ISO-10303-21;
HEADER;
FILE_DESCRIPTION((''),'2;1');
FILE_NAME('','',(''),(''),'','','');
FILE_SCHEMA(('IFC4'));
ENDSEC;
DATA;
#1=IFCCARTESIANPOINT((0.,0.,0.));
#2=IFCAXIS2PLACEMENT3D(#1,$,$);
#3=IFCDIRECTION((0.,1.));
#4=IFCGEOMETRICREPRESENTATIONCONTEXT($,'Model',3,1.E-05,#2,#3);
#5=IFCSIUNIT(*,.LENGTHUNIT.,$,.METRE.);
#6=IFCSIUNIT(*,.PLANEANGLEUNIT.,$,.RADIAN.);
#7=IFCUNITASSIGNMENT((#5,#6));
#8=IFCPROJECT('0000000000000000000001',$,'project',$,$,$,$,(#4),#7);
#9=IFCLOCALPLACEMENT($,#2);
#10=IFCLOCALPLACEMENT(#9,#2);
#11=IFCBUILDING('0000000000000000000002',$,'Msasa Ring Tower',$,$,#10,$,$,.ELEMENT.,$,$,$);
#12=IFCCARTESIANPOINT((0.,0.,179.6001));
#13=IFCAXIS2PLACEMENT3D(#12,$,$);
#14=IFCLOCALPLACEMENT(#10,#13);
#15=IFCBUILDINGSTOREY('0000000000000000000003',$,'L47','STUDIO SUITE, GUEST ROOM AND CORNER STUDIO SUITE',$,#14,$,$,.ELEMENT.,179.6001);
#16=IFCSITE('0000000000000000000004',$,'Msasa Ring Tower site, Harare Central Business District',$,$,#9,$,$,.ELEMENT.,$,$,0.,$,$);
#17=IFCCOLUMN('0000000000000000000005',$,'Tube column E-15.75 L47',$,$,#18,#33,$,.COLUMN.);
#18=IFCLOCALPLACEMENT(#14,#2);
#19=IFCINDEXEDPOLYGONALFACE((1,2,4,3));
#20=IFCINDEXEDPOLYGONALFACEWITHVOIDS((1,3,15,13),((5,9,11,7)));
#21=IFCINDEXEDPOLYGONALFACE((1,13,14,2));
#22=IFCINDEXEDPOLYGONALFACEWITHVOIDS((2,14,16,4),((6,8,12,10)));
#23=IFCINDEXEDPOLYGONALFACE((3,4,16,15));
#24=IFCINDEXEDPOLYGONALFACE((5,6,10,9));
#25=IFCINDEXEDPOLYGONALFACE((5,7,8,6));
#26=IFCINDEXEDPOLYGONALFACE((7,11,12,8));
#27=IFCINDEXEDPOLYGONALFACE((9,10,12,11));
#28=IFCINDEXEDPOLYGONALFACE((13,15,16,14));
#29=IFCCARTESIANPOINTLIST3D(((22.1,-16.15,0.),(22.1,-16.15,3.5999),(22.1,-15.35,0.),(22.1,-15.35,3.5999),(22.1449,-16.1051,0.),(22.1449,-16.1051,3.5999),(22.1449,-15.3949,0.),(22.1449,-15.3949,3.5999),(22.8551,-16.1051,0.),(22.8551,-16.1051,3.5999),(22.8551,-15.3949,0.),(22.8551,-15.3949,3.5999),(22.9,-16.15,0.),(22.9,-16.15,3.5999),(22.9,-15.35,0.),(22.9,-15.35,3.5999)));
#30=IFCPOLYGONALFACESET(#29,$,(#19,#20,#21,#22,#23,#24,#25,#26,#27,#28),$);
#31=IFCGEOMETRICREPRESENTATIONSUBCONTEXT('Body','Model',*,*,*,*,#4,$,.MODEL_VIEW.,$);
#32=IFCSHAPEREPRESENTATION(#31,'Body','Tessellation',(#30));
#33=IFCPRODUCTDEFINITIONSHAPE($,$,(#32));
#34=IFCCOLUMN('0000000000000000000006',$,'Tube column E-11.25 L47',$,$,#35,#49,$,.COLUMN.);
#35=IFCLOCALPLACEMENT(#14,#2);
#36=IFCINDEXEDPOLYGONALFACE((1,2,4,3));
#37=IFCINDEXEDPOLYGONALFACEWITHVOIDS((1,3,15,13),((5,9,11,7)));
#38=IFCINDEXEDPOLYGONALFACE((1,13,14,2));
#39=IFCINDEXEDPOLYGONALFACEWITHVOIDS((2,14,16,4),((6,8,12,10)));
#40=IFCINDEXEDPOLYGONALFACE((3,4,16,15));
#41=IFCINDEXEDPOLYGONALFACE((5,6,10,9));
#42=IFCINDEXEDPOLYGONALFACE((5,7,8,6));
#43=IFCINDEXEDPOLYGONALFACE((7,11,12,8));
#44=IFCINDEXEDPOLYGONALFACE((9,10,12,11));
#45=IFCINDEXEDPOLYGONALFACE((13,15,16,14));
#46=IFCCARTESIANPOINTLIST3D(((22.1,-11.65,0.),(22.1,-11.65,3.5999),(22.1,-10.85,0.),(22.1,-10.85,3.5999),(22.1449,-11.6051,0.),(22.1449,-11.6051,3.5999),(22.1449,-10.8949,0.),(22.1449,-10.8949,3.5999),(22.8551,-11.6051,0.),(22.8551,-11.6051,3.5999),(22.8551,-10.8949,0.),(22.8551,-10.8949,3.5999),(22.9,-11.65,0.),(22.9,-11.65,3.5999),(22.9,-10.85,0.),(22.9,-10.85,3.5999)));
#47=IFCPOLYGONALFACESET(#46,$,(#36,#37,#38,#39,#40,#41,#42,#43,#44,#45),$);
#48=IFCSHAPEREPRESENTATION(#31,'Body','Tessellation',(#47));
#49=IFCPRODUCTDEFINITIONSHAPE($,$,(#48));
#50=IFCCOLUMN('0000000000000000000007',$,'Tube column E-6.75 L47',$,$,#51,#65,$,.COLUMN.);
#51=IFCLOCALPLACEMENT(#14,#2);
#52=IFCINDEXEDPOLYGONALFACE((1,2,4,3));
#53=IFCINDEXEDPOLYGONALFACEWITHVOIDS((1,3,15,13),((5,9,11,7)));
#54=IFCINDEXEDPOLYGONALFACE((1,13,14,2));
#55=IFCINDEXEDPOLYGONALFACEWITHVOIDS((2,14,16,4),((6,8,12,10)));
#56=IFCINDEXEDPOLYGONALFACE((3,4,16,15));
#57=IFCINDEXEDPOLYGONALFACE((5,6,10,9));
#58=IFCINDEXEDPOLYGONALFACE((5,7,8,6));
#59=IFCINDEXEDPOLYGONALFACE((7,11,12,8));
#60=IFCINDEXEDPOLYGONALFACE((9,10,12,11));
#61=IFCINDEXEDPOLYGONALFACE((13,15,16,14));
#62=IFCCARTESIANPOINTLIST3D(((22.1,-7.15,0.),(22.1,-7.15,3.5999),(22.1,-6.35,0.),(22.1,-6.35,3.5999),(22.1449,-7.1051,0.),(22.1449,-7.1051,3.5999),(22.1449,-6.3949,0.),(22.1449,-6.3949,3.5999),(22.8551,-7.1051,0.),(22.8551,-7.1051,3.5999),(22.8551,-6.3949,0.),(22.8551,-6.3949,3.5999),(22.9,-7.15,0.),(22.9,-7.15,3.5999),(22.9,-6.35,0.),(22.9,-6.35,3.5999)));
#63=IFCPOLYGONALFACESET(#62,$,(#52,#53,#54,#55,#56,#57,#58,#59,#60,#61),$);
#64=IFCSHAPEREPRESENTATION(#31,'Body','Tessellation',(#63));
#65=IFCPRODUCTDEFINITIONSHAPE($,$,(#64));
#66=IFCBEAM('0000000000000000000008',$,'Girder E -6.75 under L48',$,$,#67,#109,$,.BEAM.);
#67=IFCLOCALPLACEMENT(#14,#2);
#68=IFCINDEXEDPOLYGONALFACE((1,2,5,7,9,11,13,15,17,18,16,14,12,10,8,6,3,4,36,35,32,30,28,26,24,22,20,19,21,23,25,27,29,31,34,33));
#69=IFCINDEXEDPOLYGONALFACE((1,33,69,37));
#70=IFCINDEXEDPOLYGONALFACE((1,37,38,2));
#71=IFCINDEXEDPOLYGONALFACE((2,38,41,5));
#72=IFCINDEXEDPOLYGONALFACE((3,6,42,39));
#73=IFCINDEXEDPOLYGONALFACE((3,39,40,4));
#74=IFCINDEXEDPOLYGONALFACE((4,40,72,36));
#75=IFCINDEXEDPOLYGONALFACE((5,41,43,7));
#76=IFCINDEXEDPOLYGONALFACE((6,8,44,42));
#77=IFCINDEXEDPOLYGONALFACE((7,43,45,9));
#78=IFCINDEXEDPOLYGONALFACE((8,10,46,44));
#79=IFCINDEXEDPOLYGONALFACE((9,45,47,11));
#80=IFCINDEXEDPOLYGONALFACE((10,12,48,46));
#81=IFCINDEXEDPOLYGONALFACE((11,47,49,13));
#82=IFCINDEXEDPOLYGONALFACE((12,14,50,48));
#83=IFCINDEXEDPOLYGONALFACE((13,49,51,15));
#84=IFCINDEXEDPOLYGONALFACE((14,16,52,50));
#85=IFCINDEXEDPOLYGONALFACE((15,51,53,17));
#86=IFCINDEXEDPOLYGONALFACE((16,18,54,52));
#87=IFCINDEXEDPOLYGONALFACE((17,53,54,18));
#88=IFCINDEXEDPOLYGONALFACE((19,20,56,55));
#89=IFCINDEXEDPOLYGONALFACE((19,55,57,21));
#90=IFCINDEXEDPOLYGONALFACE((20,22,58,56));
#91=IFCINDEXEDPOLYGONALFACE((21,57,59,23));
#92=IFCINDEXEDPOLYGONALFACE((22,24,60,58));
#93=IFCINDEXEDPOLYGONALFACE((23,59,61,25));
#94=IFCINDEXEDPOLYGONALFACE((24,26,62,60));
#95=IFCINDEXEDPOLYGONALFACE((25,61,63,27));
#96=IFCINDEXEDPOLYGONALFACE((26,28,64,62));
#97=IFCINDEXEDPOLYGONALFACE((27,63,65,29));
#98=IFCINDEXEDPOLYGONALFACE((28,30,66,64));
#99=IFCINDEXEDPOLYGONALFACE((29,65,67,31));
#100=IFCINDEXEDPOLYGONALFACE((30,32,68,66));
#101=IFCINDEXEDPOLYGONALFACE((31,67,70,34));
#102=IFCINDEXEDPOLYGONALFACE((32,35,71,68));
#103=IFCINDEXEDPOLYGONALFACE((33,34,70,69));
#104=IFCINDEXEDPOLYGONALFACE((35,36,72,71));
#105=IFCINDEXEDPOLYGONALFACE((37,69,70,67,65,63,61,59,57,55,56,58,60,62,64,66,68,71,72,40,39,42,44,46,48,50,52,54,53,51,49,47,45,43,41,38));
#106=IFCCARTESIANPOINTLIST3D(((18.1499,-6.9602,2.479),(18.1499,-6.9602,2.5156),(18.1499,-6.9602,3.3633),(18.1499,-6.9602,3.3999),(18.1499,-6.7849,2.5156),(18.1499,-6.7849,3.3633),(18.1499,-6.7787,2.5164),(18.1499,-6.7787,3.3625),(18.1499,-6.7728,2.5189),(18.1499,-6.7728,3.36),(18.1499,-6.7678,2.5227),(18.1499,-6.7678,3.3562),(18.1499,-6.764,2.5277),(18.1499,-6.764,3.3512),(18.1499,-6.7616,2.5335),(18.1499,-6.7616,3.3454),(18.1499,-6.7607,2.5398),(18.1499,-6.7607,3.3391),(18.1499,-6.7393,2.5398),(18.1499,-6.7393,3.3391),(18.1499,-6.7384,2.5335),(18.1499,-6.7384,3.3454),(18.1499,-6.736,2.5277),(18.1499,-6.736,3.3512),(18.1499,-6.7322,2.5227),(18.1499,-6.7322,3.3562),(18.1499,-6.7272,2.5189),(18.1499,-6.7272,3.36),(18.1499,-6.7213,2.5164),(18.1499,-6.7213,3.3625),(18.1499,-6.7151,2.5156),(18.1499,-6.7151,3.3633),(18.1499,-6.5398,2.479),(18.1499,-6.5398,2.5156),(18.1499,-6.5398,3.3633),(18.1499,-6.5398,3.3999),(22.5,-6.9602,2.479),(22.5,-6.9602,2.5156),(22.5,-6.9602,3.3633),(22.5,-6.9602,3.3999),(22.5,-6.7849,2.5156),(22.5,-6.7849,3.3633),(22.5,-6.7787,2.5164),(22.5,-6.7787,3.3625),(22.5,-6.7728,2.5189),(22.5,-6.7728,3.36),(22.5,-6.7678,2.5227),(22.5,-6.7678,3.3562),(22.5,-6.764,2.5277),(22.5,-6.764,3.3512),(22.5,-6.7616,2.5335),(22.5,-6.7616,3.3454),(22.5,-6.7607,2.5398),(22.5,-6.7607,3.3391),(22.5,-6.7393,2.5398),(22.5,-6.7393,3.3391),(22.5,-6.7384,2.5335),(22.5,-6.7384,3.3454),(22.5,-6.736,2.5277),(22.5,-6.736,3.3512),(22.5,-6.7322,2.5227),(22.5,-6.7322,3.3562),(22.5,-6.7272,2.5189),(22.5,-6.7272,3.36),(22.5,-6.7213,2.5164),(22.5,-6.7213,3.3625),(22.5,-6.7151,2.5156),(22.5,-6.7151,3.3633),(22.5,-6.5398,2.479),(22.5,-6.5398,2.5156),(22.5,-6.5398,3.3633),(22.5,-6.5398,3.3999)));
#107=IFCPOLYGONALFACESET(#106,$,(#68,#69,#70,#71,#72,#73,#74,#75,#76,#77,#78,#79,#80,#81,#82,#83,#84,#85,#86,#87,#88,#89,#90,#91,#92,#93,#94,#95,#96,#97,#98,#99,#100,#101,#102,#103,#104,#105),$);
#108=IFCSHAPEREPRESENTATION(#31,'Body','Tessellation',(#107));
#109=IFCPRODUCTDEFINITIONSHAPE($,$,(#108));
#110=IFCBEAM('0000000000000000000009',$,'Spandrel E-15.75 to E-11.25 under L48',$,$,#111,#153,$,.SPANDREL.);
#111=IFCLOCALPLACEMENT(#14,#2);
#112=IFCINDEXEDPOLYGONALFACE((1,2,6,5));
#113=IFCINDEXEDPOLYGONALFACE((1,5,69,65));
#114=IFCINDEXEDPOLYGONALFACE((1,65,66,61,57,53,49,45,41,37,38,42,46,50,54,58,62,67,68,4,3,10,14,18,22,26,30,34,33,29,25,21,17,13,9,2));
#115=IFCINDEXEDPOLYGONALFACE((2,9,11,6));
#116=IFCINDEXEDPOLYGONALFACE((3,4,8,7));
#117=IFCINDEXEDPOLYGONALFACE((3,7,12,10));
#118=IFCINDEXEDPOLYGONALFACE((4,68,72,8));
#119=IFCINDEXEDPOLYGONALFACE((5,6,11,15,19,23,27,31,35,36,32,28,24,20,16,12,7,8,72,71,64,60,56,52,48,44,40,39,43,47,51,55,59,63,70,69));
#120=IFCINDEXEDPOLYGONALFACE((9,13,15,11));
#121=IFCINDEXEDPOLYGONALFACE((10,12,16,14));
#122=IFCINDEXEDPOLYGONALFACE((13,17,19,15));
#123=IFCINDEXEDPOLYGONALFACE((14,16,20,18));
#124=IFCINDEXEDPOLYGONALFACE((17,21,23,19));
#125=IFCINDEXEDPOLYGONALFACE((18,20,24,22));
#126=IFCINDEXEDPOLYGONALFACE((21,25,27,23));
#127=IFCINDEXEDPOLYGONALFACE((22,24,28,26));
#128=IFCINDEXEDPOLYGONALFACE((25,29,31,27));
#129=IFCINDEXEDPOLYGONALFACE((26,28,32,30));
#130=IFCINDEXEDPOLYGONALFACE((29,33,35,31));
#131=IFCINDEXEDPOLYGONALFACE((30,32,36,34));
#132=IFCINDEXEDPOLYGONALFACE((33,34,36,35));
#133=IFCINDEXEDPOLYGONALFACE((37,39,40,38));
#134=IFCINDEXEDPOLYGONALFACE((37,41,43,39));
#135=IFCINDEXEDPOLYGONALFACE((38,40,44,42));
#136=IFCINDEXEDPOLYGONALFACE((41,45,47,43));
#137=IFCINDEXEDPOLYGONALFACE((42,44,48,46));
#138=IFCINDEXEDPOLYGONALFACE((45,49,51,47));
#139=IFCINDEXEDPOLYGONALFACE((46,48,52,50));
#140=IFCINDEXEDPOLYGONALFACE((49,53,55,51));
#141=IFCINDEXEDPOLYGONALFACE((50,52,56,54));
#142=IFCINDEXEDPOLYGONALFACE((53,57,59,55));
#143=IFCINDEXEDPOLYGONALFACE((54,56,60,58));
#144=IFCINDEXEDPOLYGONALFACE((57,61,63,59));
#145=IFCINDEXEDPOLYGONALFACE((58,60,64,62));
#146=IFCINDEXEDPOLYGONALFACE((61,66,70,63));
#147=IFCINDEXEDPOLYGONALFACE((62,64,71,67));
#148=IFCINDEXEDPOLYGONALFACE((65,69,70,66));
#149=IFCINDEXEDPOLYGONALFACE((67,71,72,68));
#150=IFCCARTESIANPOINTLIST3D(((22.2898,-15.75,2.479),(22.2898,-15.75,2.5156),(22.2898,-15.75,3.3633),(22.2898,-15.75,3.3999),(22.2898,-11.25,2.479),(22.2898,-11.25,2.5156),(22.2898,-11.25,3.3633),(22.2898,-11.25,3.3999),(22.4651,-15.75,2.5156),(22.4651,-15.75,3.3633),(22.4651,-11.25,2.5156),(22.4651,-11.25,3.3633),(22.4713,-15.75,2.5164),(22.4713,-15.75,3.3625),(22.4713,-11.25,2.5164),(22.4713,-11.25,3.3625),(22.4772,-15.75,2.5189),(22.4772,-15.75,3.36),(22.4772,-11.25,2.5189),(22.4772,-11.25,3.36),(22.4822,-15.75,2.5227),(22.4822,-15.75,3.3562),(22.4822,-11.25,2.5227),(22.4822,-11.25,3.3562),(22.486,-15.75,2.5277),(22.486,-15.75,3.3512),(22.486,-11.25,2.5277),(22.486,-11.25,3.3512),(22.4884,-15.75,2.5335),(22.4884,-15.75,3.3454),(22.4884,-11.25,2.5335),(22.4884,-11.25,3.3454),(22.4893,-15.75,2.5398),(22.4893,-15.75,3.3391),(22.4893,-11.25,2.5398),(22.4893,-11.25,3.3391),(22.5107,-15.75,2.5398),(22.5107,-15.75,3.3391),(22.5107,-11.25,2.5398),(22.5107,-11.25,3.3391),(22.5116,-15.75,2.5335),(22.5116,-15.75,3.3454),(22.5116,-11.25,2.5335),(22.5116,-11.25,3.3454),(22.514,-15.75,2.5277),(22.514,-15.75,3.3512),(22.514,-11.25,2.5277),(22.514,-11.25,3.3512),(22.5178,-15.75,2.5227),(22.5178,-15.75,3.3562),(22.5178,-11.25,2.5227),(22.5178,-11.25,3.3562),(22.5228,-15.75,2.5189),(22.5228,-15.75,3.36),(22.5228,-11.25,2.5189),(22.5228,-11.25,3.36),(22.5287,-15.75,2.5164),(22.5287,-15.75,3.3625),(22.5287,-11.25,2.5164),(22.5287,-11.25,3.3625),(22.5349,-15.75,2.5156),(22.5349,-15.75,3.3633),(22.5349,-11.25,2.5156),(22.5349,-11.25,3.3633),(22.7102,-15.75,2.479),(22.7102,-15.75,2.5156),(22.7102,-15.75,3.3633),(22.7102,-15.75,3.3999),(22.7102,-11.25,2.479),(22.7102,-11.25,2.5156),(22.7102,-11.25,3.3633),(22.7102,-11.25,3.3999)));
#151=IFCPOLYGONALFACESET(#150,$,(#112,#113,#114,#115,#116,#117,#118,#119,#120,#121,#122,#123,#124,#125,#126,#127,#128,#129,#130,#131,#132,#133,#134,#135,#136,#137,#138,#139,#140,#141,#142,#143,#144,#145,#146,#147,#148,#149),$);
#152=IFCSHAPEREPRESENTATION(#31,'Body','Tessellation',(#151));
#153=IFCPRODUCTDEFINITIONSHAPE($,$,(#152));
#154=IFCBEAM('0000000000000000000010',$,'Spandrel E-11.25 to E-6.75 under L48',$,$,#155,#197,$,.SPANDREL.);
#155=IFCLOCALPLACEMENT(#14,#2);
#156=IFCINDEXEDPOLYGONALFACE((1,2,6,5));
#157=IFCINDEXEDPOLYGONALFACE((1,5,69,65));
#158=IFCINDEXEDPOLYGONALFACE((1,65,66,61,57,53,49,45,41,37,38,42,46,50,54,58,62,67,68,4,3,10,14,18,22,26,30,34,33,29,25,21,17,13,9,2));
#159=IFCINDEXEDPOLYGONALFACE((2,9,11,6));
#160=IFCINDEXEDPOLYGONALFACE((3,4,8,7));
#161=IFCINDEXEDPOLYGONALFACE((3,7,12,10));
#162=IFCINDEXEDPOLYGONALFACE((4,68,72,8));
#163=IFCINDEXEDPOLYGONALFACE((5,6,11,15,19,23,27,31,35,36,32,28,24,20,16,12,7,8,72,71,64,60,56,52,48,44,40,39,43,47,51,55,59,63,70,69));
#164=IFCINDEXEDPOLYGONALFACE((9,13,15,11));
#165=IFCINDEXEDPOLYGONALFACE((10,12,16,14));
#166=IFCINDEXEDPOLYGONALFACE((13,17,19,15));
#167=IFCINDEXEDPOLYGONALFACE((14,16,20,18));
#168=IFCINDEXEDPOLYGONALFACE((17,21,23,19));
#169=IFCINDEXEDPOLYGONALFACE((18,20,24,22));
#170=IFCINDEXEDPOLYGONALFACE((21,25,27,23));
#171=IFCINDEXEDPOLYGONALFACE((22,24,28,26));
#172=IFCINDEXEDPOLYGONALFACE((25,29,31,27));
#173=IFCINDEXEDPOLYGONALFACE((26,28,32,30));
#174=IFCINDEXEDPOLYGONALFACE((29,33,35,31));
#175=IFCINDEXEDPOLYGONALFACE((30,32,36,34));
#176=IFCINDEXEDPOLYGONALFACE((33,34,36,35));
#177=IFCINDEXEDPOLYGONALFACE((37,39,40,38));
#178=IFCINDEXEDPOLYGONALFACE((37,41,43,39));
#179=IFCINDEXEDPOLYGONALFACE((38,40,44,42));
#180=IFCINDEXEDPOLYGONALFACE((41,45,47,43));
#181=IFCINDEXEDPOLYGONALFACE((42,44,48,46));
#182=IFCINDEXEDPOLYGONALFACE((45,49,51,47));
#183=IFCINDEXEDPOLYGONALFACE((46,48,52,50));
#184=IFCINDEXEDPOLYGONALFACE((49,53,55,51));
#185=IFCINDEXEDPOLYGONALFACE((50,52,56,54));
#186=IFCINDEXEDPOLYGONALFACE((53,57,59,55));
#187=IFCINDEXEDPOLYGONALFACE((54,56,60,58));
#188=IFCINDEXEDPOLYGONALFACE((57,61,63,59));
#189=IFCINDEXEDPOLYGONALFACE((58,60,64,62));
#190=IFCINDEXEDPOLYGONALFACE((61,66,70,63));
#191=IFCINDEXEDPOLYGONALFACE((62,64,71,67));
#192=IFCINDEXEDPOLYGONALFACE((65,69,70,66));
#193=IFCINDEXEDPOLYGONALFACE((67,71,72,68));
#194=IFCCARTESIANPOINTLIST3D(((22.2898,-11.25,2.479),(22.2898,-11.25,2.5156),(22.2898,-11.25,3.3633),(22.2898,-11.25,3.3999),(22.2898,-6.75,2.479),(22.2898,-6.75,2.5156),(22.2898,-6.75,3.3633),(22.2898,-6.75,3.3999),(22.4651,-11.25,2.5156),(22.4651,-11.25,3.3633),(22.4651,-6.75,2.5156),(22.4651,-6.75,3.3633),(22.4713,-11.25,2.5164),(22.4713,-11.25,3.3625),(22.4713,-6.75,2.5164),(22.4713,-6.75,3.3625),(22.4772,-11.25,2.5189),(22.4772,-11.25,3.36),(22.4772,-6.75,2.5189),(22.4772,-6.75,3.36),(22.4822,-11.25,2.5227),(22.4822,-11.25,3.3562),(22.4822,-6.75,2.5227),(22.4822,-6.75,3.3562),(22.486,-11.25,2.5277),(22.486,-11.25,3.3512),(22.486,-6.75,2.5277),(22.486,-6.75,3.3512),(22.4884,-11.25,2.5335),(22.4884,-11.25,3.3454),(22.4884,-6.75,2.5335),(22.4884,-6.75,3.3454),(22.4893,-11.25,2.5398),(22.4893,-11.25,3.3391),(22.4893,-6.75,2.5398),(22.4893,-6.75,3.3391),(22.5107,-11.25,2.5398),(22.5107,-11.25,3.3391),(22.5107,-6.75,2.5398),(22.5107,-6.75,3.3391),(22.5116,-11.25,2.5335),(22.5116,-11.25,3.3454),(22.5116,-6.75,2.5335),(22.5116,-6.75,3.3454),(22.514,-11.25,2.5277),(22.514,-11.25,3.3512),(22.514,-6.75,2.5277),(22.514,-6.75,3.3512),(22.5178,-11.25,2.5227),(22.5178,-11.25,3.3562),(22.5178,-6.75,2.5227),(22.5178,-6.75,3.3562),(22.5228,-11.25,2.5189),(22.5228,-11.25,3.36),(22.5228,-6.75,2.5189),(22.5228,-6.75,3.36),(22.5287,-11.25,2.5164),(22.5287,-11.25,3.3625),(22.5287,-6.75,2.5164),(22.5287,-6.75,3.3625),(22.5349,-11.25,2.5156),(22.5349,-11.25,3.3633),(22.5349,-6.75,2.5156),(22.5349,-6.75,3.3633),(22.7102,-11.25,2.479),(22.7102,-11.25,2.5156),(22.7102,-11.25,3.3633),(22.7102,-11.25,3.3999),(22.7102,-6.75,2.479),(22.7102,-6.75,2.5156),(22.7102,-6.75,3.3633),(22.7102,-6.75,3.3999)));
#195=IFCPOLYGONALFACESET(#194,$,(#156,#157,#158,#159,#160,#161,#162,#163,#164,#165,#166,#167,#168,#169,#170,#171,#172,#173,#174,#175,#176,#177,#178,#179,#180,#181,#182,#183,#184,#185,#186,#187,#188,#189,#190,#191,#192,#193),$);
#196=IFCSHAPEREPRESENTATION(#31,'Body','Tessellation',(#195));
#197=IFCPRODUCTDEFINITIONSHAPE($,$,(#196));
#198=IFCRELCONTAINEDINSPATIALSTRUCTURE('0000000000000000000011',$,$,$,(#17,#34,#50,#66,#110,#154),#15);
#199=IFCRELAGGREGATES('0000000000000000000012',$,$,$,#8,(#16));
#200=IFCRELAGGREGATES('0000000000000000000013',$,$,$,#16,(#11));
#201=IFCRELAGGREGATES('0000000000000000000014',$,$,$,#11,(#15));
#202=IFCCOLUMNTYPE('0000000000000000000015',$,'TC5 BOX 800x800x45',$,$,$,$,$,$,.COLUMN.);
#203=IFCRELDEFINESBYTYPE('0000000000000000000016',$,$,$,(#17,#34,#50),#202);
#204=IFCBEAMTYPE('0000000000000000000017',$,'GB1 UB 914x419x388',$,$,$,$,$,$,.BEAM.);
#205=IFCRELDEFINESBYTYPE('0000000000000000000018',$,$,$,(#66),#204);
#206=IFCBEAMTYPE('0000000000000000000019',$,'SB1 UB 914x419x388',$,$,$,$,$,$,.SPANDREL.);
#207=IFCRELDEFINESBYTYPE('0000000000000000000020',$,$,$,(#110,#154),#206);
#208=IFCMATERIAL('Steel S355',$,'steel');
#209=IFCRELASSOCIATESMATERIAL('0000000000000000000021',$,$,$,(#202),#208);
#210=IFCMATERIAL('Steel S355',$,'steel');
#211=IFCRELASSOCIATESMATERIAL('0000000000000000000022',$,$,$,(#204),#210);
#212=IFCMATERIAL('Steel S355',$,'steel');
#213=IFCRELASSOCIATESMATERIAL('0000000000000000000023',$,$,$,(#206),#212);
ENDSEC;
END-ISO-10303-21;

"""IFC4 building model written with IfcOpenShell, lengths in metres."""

from ifc_helpers import new_model, si_unit, direction, frame, origin, origin_2d, place, context, subcontext, project, spatial, hollow_rectangle, i_section, extrude, material, material_profile, profile_set, type_object, element, save


model = new_model("IFC4")

# Units and contexts
model_context = context("Model", 3, precision=1e-05, world=origin(), true_north=direction((0.0, 1.0)))
body_context = subcontext(model_context, "Body", "Model", "MODEL_VIEW")
ifc_project = project(units=[si_unit("LENGTHUNIT", "METRE"), si_unit("PLANEANGLEUNIT", "RADIAN")], contexts=[model_context])

# Site, building, storey
site_placement = place(None, origin())
site = spatial("IfcSite", under=ifc_project, at=site_placement, Name="Msasa Ring Tower site, Harare Central Business District", CompositionType="ELEMENT", RefElevation=0.0)
building_placement = place(site_placement, origin())
building = spatial("IfcBuilding", under=site, at=building_placement, Name="Msasa Ring Tower", CompositionType="ELEMENT")
storey_placement = place(building_placement, frame((0.0, 0.0, 179.6001)))
storey = spatial("IfcBuildingStorey", under=building, at=storey_placement, Name="L47", Description="STUDIO SUITE, GUEST ROOM AND CORNER STUDIO SUITE", CompositionType="ELEMENT", Elevation=179.6001)

# Columns
ifc_material_1 = material(Name="Steel S355", Category="steel")
ifc_material_profile_1 = material_profile(ifc_material_1, hollow_rectangle(XDim=0.8, YDim=0.8, WallThickness=0.0449, at=origin_2d()), Name="BOX 800x800x45")
ifc_profile_set_1 = profile_set([ifc_material_profile_1], Name="Steel S355")
column_type = type_object("IfcColumnType", Name="TC5 BOX 800x800x45", PredefinedType="COLUMN", material=ifc_profile_set_1)
for number, where, z_axis, x_axis, name in (
    (1, (22.5, -15.75, 0.0), (0.0, 0.0, 1.0), (1.0, 0.0, 0.0), "Tube column E-15.75 L47"),
    (2, (22.5, -11.25, 0.0), (0.0, 0.0, 1.0), (1.0, 0.0, 0.0), "Tube column E-11.25 L47"),
    (3, (22.5, -6.75, 0.0), (0.0, 0.0, 1.0), (1.0, 0.0, 0.0), "Tube column E-6.75 L47"),
):
    element("IfcColumn", number, at=place(storey_placement, frame(where, z_axis=z_axis, x_axis=x_axis)), inside=storey, type_object=column_type, Name=name, PredefinedType="COLUMN", context=body_context, shape_type="SweptSolid", body=[
        extrude(hollow_rectangle(XDim=0.8, YDim=0.8, WallThickness=0.0449, at=origin_2d()), origin(), (0.0, 0.0, 1.0), 3.5999),
    ])

# Beams
ifc_material_2 = material(Name="Steel S355", Category="steel")
ifc_material_profile_2 = material_profile(ifc_material_2, i_section(OverallWidth=0.4204, OverallDepth=0.9209, WebThickness=0.0215, FlangeThickness=0.0366, FilletRadius=0.0242, at=origin_2d()), Name="UB 914x419x388")
ifc_profile_set_2 = profile_set([ifc_material_profile_2], Name="Steel S355")
beam_type_1 = type_object("IfcBeamType", Name="GB1 UB 914x419x388", PredefinedType="BEAM", material=ifc_profile_set_2)
beam_placement = place(storey_placement, frame((18.1499, -6.75, 2.9395), z_axis=(1.0, 0.0, 0.0), x_axis=(0.0, 1.0, 0.0)))
element("IfcBeam", 4, at=beam_placement, inside=storey, type_object=beam_type_1, Name="Girder E -6.75 under L48", PredefinedType="BEAM", context=body_context, shape_type="SweptSolid", body=[
    extrude(i_section(OverallWidth=0.4204, OverallDepth=0.9209, WebThickness=0.0215, FlangeThickness=0.0366, FilletRadius=0.0242, at=origin_2d()), origin(), (0.0, 0.0, 1.0), 4.3501),
])
ifc_material_3 = material(Name="Steel S355", Category="steel")
ifc_material_profile_3 = material_profile(ifc_material_3, i_section(OverallWidth=0.4204, OverallDepth=0.9209, WebThickness=0.0215, FlangeThickness=0.0366, FilletRadius=0.0242, at=origin_2d()), Name="UB 914x419x388")
ifc_profile_set_3 = profile_set([ifc_material_profile_3], Name="Steel S355")
beam_type_2 = type_object("IfcBeamType", Name="SB1 UB 914x419x388", PredefinedType="SPANDREL", material=ifc_profile_set_3)
for number, where, z_axis, x_axis, name in (
    (5, (22.5, -15.75, 2.9395), (0.0, 1.0, 0.0), (-1.0, 0.0, 0.0), "Spandrel E-15.75 to E-11.25 under L48"),
    (6, (22.5, -11.25, 2.9395), (0.0, 1.0, 0.0), (-1.0, 0.0, 0.0), "Spandrel E-11.25 to E-6.75 under L48"),
):
    element("IfcBeam", number, at=place(storey_placement, frame(where, z_axis=z_axis, x_axis=x_axis)), inside=storey, type_object=beam_type_2, Name=name, PredefinedType="SPANDREL", context=body_context, shape_type="SweptSolid", body=[
        extrude(i_section(OverallWidth=0.4204, OverallDepth=0.9209, WebThickness=0.0215, FlangeThickness=0.0366, FilletRadius=0.0242, at=origin_2d()), origin(), (0.0, 0.0, 1.0), 4.5),
    ])

save(model, "model.ifc")
